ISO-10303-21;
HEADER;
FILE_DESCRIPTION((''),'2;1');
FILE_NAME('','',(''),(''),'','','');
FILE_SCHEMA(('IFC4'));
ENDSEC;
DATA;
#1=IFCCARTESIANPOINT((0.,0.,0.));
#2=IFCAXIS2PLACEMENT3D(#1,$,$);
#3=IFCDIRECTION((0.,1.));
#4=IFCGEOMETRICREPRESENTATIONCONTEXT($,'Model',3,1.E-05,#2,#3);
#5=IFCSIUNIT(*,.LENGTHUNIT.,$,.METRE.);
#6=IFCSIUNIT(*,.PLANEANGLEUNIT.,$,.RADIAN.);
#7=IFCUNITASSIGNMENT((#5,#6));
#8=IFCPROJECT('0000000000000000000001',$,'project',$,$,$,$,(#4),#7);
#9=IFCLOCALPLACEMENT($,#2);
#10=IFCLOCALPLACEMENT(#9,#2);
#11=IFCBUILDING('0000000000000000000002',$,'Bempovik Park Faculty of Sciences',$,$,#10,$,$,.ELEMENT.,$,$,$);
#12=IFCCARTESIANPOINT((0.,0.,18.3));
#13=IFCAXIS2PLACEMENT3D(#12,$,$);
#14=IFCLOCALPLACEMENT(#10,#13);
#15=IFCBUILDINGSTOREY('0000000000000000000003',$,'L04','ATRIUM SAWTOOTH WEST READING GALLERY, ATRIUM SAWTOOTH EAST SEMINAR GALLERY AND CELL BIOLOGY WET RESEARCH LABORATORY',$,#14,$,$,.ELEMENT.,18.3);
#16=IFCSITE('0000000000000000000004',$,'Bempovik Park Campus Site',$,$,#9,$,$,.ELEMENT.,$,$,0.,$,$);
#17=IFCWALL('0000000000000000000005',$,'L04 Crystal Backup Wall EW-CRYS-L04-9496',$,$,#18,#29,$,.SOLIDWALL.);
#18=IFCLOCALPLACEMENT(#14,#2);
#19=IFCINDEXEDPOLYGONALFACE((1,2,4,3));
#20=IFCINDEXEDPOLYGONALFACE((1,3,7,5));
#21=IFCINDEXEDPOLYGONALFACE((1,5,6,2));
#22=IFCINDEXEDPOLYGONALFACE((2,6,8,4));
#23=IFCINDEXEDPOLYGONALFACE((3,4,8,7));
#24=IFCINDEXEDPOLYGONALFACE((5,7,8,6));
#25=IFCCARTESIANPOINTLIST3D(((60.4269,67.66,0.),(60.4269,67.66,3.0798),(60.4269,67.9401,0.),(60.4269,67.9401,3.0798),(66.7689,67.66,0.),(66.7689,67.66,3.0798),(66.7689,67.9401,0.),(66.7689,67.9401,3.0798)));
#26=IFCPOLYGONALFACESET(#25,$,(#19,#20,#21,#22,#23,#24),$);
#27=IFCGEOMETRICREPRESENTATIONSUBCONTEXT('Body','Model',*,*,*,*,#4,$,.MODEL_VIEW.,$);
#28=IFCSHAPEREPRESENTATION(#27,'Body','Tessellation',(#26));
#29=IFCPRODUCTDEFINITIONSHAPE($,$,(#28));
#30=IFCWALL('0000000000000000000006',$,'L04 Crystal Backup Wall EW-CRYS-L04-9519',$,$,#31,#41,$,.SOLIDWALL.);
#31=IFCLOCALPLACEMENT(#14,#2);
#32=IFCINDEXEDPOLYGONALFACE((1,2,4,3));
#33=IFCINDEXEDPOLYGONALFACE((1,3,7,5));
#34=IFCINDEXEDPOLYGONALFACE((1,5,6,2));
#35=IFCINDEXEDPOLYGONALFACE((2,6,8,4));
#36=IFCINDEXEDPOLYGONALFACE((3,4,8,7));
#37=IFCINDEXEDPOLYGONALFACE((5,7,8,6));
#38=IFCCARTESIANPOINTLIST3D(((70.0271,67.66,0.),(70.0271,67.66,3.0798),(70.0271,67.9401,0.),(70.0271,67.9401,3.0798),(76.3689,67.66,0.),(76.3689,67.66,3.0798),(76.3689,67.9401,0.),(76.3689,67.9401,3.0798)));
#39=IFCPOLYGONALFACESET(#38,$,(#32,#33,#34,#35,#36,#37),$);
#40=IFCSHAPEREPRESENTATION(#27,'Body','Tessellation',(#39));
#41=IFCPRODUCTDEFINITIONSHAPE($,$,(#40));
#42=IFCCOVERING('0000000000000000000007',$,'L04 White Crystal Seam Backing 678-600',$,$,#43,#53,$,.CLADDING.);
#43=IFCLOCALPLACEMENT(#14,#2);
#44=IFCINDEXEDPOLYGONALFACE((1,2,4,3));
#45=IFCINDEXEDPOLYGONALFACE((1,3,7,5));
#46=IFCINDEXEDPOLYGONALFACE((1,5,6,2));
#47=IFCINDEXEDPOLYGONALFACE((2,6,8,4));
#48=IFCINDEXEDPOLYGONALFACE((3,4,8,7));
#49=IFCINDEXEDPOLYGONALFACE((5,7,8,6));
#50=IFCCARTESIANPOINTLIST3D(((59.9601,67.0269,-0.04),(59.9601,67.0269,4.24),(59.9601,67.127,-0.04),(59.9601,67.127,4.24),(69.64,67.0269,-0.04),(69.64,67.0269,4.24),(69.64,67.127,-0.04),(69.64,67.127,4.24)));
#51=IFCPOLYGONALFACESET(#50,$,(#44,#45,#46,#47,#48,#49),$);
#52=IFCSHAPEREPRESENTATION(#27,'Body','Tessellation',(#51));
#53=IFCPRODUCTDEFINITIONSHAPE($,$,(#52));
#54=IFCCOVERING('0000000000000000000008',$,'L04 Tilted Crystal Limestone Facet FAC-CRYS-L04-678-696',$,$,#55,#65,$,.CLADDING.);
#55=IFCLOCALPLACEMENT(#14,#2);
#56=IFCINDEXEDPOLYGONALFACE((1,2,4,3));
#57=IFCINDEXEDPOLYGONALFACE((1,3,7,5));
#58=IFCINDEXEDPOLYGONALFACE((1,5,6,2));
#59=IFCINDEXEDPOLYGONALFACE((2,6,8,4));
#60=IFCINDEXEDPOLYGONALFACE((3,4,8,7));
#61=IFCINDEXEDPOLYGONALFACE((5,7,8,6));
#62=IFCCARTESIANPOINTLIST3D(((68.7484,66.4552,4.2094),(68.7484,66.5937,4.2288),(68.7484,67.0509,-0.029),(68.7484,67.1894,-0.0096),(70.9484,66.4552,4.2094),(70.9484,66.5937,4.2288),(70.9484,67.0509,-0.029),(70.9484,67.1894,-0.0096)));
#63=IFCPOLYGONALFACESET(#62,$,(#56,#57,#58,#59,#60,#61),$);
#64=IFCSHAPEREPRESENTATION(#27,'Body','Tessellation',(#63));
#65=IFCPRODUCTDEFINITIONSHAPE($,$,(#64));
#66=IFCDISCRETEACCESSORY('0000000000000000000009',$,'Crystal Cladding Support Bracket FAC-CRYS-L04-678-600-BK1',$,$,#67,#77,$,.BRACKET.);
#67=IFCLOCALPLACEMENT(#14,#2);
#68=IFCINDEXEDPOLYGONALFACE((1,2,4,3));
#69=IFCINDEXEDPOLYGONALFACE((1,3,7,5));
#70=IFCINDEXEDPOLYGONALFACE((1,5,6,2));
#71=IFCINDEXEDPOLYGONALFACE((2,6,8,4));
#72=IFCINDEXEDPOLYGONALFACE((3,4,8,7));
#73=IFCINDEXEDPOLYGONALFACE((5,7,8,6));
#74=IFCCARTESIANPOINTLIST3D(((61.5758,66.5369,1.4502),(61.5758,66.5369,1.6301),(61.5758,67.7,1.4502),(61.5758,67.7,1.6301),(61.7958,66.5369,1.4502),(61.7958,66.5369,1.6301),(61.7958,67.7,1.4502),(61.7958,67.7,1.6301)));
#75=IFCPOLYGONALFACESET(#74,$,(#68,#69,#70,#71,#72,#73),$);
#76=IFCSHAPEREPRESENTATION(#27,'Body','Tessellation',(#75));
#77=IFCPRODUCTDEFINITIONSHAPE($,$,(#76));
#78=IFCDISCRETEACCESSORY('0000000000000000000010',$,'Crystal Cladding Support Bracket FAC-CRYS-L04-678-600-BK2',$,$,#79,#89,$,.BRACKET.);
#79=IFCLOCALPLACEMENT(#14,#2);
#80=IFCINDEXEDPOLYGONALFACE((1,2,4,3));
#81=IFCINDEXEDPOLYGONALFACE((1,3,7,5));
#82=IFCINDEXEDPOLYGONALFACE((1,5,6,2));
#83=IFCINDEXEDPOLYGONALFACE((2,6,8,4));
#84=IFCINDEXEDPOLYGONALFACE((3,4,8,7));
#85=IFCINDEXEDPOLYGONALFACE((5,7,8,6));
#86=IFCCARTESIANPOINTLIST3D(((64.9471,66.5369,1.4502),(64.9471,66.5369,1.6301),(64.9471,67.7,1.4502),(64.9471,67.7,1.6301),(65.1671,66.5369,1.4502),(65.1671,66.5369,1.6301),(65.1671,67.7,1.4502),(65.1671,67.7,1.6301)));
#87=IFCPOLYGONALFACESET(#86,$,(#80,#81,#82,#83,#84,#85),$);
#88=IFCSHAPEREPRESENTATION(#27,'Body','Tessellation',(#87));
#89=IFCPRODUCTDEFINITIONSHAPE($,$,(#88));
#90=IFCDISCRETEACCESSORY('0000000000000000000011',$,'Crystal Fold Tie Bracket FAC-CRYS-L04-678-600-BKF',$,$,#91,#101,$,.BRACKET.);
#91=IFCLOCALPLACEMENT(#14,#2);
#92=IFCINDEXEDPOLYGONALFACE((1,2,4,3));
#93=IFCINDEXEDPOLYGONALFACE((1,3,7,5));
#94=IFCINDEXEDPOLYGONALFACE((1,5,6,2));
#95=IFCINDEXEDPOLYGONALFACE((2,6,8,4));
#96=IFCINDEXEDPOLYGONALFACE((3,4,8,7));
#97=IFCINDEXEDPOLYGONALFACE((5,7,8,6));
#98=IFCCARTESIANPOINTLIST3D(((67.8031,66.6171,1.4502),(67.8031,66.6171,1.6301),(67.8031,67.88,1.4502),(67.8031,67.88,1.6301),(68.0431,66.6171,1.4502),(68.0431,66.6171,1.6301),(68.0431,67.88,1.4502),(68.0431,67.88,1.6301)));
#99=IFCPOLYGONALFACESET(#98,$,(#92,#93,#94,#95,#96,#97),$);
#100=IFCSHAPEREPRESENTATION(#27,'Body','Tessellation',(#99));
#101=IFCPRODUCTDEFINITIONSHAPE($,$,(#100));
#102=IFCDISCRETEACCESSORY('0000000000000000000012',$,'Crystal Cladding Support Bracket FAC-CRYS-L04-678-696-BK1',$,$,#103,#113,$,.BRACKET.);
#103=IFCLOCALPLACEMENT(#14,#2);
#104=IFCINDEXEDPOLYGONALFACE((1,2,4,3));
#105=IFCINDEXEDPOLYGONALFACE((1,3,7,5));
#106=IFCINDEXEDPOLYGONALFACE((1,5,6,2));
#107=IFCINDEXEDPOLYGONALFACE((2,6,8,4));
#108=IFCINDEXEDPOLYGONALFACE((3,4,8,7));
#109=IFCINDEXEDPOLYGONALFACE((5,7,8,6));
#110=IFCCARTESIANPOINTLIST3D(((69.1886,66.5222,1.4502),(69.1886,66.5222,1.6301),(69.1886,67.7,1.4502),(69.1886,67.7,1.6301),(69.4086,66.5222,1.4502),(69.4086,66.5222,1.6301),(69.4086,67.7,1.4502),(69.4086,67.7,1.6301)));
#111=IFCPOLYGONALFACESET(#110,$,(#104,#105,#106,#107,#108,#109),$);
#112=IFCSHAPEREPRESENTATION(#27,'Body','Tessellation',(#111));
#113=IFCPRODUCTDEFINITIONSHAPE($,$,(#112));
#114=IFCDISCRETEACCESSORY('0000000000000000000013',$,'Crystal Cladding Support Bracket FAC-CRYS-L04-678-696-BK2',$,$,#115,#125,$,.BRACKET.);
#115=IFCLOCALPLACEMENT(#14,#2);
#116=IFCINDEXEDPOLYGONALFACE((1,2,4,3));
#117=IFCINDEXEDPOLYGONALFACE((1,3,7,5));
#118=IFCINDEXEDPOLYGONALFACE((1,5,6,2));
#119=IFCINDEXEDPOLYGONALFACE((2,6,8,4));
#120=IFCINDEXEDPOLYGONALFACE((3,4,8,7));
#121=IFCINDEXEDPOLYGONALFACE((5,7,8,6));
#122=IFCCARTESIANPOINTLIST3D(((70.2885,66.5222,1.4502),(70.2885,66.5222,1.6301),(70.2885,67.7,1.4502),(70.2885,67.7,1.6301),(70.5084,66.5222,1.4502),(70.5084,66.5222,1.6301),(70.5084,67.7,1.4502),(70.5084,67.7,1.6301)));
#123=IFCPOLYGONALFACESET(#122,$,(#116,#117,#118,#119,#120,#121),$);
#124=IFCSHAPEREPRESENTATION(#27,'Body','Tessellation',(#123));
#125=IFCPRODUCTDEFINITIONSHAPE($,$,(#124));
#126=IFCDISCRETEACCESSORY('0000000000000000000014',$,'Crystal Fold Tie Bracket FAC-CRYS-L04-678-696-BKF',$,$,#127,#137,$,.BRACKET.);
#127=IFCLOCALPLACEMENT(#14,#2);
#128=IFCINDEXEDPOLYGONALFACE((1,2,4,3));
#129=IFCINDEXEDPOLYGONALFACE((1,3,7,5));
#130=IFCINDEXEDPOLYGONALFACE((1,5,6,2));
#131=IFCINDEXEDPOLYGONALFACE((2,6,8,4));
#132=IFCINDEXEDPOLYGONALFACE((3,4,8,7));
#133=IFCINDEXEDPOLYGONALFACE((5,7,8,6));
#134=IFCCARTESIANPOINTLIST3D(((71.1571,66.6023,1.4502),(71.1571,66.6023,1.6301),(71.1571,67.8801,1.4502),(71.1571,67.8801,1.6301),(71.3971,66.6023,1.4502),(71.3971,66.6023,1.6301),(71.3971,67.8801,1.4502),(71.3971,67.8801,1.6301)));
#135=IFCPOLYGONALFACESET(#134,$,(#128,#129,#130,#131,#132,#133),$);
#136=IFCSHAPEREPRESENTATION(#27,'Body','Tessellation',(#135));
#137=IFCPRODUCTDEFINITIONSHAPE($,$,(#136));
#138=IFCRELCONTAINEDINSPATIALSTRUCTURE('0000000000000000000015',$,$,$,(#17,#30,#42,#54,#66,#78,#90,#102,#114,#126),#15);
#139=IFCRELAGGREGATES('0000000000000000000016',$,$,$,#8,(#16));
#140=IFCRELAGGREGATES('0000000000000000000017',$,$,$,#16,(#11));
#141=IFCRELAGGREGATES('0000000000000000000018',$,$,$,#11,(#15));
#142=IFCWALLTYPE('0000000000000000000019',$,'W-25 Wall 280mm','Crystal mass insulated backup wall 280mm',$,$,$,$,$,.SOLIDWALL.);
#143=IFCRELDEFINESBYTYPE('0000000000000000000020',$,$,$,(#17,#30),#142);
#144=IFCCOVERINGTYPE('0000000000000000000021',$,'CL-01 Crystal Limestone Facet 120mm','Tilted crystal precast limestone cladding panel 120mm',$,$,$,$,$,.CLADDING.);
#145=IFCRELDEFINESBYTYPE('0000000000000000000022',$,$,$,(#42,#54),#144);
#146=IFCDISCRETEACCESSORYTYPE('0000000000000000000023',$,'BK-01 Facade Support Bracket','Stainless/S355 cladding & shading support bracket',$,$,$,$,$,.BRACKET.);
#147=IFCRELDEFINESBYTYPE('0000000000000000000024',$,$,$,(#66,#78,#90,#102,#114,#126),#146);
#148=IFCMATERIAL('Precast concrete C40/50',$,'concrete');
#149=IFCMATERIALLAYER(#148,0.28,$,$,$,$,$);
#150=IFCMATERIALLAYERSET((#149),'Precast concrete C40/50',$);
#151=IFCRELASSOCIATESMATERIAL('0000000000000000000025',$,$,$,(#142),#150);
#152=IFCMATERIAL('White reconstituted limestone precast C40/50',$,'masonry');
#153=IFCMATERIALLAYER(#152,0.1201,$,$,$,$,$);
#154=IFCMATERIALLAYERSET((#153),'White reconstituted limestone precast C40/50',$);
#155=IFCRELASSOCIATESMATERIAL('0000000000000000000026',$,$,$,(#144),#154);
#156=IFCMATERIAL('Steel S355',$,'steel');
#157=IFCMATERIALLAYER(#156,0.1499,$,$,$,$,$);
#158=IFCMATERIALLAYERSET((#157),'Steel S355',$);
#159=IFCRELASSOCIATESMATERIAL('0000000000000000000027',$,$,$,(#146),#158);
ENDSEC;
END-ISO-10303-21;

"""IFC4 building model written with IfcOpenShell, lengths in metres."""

from ifc_helpers import new_model, si_unit, direction, frame, frame_2d, origin, origin_2d, place, context, subcontext, project, spatial, rectangle, extrude, material, layer, layer_set, type_object, element, save


model = new_model("IFC4")

# Units and contexts
model_context = context("Model", 3, precision=1e-05, world=origin(), true_north=direction((0.0, 1.0)))
body_context = subcontext(model_context, "Body", "Model", "MODEL_VIEW")
ifc_project = project(units=[si_unit("LENGTHUNIT", "METRE"), si_unit("PLANEANGLEUNIT", "RADIAN")], contexts=[model_context])

# Site, building, storey
site_placement = place(None, origin())
site = spatial("IfcSite", under=ifc_project, at=site_placement, Name="Bempovik Park Campus Site", CompositionType="ELEMENT", RefElevation=0.0)
building_placement = place(site_placement, origin())
building = spatial("IfcBuilding", under=site, at=building_placement, Name="Bempovik Park Faculty of Sciences", CompositionType="ELEMENT")
storey_placement = place(building_placement, frame((0.0, 0.0, 18.3)))
storey = spatial("IfcBuildingStorey", under=building, at=storey_placement, Name="L04", Description="ATRIUM SAWTOOTH WEST READING GALLERY, ATRIUM SAWTOOTH EAST SEMINAR GALLERY AND CELL BIOLOGY WET RESEARCH LABORATORY", CompositionType="ELEMENT", Elevation=18.3)

# Shared definitions
ifc_material_1 = material(Name="Steel S355", Category="steel")

# Walls
ifc_material_2 = material(Name="Precast concrete C40/50", Category="concrete")
ifc_layer_1 = layer(ifc_material_2, 0.28)
ifc_layer_set_1 = layer_set([ifc_layer_1], Name="Precast concrete C40/50")
wall_type = type_object("IfcWallType", Name="W-25 Wall 280mm", Description="Crystal mass insulated backup wall 280mm", PredefinedType="SOLIDWALL", material=ifc_layer_set_1)
wall_1_placement = place(storey_placement, frame((60.427, 67.8, 0.0), z_axis=(0.0, 0.0, 1.0), x_axis=(1.0, 0.0, 0.0)))
element("IfcWall", 1, at=wall_1_placement, inside=storey, type_object=wall_type, Name="L04 Crystal Backup Wall EW-CRYS-L04-9496", PredefinedType="SOLIDWALL", context=body_context, shape_type="SweptSolid", body=[
    extrude(rectangle(XDim=6.342, YDim=0.28, at=frame_2d((3.1709, 0.0))), origin(), (0.0, 0.0, 1.0), 3.0798),
])
wall_2_placement = place(storey_placement, frame((70.0271, 67.8, 0.0), z_axis=(0.0, 0.0, 1.0), x_axis=(1.0, 0.0, 0.0)))
element("IfcWall", 2, at=wall_2_placement, inside=storey, type_object=wall_type, Name="L04 Crystal Backup Wall EW-CRYS-L04-9519", PredefinedType="SOLIDWALL", context=body_context, shape_type="SweptSolid", body=[
    extrude(rectangle(XDim=6.3418, YDim=0.28, at=frame_2d((3.1709, 0.0))), origin(), (0.0, 0.0, 1.0), 3.0798),
])

# Coverings
ifc_material_3 = material(Name="White reconstituted limestone precast C40/50", Category="masonry")
ifc_layer_2 = layer(ifc_material_3, 0.1201)
ifc_layer_set_2 = layer_set([ifc_layer_2], Name="White reconstituted limestone precast C40/50")
covering_type = type_object("IfcCoveringType", Name="CL-01 Crystal Limestone Facet 120mm", Description="Tilted crystal precast limestone cladding panel 120mm", PredefinedType="CLADDING", material=ifc_layer_set_2)
covering_1_placement = place(storey_placement, frame((64.8, 67.0769, -0.04), z_axis=(0.0, 0.0, 1.0), x_axis=(1.0, 0.0, 0.0)))
element("IfcCovering", 3, at=covering_1_placement, inside=storey, type_object=covering_type, Name="L04 White Crystal Seam Backing 678-600", PredefinedType="CLADDING", context=body_context, shape_type="SweptSolid", body=[
    extrude(rectangle(XDim=9.6799, YDim=0.1001, at=origin_2d()), origin(), (0.0, 0.0, 1.0), 4.28),
])
covering_2_placement = place(storey_placement, frame((69.8484, 67.1201, -0.0193), z_axis=(0.0, -0.139173, 0.990268), x_axis=(1.0, 0.0, 0.0)))
element("IfcCovering", 4, at=covering_2_placement, inside=storey, type_object=covering_type, Name="L04 Tilted Crystal Limestone Facet FAC-CRYS-L04-678-696", PredefinedType="CLADDING", context=body_context, shape_type="SweptSolid", body=[
    extrude(rectangle(XDim=2.2, YDim=0.1399, at=origin_2d()), origin(), (0.0, 0.0, 1.0), 4.28),
])

# Discrete accessories
ifc_layer_3 = layer(ifc_material_1, 0.1499)
ifc_layer_set_3 = layer_set([ifc_layer_3], Name="Steel S355")
discrete_accessory_type = type_object("IfcDiscreteAccessoryType", Name="BK-01 Facade Support Bracket", Description="Stainless/S355 cladding & shading support bracket", PredefinedType="BRACKET", material=ifc_layer_set_3)
for number, where, z_axis, x_axis, name in (
    (5, (61.6858, 67.1184, 1.4502), (0.0, 0.0, 1.0), (1.0, 0.0, 0.0), "Crystal Cladding Support Bracket FAC-CRYS-L04-678-600-BK1"),
    (6, (65.0571, 67.1184, 1.4502), (0.0, 0.0, 1.0), (1.0, 0.0, 0.0), "Crystal Cladding Support Bracket FAC-CRYS-L04-678-600-BK2"),
):
    element("IfcDiscreteAccessory", number, at=place(storey_placement, frame(where, z_axis=z_axis, x_axis=x_axis)), inside=storey, type_object=discrete_accessory_type, Name=name, PredefinedType="BRACKET", context=body_context, shape_type="SweptSolid", body=[
        extrude(rectangle(XDim=0.22, YDim=1.1631, at=origin_2d()), origin(), (0.0, 0.0, 1.0), 0.1799),
    ])
discrete_accessory_1_placement = place(storey_placement, frame((67.9231, 67.2485, 1.4502), z_axis=(0.0, 0.0, 1.0), x_axis=(1.0, 0.0, 0.0)))
element("IfcDiscreteAccessory", 7, at=discrete_accessory_1_placement, inside=storey, type_object=discrete_accessory_type, Name="Crystal Fold Tie Bracket FAC-CRYS-L04-678-600-BKF", PredefinedType="BRACKET", context=body_context, shape_type="SweptSolid", body=[
    extrude(rectangle(XDim=0.24, YDim=1.2629, at=origin_2d()), origin(), (0.0, 0.0, 1.0), 0.1799),
])
for number, where, z_axis, x_axis, name in (
    (8, (69.2986, 67.1111, 1.4502), (0.0, 0.0, 1.0), (1.0, 0.0, 0.0), "Crystal Cladding Support Bracket FAC-CRYS-L04-678-696-BK1"),
    (9, (70.3984, 67.1111, 1.4502), (0.0, 0.0, 1.0), (1.0, 0.0, 0.0), "Crystal Cladding Support Bracket FAC-CRYS-L04-678-696-BK2"),
):
    element("IfcDiscreteAccessory", number, at=place(storey_placement, frame(where, z_axis=z_axis, x_axis=x_axis)), inside=storey, type_object=discrete_accessory_type, Name=name, PredefinedType="BRACKET", context=body_context, shape_type="SweptSolid", body=[
        extrude(rectangle(XDim=0.22, YDim=1.1777, at=origin_2d()), origin(), (0.0, 0.0, 1.0), 0.1799),
    ])
discrete_accessory_2_placement = place(storey_placement, frame((71.2771, 67.2412, 1.4502), z_axis=(0.0, 0.0, 1.0), x_axis=(1.0, 0.0, 0.0)))
element("IfcDiscreteAccessory", 10, at=discrete_accessory_2_placement, inside=storey, type_object=discrete_accessory_type, Name="Crystal Fold Tie Bracket FAC-CRYS-L04-678-696-BKF", PredefinedType="BRACKET", context=body_context, shape_type="SweptSolid", body=[
    extrude(rectangle(XDim=0.24, YDim=1.2778, at=origin_2d()), origin(), (0.0, 0.0, 1.0), 0.1799),
])

save(model, "model.ifc")
